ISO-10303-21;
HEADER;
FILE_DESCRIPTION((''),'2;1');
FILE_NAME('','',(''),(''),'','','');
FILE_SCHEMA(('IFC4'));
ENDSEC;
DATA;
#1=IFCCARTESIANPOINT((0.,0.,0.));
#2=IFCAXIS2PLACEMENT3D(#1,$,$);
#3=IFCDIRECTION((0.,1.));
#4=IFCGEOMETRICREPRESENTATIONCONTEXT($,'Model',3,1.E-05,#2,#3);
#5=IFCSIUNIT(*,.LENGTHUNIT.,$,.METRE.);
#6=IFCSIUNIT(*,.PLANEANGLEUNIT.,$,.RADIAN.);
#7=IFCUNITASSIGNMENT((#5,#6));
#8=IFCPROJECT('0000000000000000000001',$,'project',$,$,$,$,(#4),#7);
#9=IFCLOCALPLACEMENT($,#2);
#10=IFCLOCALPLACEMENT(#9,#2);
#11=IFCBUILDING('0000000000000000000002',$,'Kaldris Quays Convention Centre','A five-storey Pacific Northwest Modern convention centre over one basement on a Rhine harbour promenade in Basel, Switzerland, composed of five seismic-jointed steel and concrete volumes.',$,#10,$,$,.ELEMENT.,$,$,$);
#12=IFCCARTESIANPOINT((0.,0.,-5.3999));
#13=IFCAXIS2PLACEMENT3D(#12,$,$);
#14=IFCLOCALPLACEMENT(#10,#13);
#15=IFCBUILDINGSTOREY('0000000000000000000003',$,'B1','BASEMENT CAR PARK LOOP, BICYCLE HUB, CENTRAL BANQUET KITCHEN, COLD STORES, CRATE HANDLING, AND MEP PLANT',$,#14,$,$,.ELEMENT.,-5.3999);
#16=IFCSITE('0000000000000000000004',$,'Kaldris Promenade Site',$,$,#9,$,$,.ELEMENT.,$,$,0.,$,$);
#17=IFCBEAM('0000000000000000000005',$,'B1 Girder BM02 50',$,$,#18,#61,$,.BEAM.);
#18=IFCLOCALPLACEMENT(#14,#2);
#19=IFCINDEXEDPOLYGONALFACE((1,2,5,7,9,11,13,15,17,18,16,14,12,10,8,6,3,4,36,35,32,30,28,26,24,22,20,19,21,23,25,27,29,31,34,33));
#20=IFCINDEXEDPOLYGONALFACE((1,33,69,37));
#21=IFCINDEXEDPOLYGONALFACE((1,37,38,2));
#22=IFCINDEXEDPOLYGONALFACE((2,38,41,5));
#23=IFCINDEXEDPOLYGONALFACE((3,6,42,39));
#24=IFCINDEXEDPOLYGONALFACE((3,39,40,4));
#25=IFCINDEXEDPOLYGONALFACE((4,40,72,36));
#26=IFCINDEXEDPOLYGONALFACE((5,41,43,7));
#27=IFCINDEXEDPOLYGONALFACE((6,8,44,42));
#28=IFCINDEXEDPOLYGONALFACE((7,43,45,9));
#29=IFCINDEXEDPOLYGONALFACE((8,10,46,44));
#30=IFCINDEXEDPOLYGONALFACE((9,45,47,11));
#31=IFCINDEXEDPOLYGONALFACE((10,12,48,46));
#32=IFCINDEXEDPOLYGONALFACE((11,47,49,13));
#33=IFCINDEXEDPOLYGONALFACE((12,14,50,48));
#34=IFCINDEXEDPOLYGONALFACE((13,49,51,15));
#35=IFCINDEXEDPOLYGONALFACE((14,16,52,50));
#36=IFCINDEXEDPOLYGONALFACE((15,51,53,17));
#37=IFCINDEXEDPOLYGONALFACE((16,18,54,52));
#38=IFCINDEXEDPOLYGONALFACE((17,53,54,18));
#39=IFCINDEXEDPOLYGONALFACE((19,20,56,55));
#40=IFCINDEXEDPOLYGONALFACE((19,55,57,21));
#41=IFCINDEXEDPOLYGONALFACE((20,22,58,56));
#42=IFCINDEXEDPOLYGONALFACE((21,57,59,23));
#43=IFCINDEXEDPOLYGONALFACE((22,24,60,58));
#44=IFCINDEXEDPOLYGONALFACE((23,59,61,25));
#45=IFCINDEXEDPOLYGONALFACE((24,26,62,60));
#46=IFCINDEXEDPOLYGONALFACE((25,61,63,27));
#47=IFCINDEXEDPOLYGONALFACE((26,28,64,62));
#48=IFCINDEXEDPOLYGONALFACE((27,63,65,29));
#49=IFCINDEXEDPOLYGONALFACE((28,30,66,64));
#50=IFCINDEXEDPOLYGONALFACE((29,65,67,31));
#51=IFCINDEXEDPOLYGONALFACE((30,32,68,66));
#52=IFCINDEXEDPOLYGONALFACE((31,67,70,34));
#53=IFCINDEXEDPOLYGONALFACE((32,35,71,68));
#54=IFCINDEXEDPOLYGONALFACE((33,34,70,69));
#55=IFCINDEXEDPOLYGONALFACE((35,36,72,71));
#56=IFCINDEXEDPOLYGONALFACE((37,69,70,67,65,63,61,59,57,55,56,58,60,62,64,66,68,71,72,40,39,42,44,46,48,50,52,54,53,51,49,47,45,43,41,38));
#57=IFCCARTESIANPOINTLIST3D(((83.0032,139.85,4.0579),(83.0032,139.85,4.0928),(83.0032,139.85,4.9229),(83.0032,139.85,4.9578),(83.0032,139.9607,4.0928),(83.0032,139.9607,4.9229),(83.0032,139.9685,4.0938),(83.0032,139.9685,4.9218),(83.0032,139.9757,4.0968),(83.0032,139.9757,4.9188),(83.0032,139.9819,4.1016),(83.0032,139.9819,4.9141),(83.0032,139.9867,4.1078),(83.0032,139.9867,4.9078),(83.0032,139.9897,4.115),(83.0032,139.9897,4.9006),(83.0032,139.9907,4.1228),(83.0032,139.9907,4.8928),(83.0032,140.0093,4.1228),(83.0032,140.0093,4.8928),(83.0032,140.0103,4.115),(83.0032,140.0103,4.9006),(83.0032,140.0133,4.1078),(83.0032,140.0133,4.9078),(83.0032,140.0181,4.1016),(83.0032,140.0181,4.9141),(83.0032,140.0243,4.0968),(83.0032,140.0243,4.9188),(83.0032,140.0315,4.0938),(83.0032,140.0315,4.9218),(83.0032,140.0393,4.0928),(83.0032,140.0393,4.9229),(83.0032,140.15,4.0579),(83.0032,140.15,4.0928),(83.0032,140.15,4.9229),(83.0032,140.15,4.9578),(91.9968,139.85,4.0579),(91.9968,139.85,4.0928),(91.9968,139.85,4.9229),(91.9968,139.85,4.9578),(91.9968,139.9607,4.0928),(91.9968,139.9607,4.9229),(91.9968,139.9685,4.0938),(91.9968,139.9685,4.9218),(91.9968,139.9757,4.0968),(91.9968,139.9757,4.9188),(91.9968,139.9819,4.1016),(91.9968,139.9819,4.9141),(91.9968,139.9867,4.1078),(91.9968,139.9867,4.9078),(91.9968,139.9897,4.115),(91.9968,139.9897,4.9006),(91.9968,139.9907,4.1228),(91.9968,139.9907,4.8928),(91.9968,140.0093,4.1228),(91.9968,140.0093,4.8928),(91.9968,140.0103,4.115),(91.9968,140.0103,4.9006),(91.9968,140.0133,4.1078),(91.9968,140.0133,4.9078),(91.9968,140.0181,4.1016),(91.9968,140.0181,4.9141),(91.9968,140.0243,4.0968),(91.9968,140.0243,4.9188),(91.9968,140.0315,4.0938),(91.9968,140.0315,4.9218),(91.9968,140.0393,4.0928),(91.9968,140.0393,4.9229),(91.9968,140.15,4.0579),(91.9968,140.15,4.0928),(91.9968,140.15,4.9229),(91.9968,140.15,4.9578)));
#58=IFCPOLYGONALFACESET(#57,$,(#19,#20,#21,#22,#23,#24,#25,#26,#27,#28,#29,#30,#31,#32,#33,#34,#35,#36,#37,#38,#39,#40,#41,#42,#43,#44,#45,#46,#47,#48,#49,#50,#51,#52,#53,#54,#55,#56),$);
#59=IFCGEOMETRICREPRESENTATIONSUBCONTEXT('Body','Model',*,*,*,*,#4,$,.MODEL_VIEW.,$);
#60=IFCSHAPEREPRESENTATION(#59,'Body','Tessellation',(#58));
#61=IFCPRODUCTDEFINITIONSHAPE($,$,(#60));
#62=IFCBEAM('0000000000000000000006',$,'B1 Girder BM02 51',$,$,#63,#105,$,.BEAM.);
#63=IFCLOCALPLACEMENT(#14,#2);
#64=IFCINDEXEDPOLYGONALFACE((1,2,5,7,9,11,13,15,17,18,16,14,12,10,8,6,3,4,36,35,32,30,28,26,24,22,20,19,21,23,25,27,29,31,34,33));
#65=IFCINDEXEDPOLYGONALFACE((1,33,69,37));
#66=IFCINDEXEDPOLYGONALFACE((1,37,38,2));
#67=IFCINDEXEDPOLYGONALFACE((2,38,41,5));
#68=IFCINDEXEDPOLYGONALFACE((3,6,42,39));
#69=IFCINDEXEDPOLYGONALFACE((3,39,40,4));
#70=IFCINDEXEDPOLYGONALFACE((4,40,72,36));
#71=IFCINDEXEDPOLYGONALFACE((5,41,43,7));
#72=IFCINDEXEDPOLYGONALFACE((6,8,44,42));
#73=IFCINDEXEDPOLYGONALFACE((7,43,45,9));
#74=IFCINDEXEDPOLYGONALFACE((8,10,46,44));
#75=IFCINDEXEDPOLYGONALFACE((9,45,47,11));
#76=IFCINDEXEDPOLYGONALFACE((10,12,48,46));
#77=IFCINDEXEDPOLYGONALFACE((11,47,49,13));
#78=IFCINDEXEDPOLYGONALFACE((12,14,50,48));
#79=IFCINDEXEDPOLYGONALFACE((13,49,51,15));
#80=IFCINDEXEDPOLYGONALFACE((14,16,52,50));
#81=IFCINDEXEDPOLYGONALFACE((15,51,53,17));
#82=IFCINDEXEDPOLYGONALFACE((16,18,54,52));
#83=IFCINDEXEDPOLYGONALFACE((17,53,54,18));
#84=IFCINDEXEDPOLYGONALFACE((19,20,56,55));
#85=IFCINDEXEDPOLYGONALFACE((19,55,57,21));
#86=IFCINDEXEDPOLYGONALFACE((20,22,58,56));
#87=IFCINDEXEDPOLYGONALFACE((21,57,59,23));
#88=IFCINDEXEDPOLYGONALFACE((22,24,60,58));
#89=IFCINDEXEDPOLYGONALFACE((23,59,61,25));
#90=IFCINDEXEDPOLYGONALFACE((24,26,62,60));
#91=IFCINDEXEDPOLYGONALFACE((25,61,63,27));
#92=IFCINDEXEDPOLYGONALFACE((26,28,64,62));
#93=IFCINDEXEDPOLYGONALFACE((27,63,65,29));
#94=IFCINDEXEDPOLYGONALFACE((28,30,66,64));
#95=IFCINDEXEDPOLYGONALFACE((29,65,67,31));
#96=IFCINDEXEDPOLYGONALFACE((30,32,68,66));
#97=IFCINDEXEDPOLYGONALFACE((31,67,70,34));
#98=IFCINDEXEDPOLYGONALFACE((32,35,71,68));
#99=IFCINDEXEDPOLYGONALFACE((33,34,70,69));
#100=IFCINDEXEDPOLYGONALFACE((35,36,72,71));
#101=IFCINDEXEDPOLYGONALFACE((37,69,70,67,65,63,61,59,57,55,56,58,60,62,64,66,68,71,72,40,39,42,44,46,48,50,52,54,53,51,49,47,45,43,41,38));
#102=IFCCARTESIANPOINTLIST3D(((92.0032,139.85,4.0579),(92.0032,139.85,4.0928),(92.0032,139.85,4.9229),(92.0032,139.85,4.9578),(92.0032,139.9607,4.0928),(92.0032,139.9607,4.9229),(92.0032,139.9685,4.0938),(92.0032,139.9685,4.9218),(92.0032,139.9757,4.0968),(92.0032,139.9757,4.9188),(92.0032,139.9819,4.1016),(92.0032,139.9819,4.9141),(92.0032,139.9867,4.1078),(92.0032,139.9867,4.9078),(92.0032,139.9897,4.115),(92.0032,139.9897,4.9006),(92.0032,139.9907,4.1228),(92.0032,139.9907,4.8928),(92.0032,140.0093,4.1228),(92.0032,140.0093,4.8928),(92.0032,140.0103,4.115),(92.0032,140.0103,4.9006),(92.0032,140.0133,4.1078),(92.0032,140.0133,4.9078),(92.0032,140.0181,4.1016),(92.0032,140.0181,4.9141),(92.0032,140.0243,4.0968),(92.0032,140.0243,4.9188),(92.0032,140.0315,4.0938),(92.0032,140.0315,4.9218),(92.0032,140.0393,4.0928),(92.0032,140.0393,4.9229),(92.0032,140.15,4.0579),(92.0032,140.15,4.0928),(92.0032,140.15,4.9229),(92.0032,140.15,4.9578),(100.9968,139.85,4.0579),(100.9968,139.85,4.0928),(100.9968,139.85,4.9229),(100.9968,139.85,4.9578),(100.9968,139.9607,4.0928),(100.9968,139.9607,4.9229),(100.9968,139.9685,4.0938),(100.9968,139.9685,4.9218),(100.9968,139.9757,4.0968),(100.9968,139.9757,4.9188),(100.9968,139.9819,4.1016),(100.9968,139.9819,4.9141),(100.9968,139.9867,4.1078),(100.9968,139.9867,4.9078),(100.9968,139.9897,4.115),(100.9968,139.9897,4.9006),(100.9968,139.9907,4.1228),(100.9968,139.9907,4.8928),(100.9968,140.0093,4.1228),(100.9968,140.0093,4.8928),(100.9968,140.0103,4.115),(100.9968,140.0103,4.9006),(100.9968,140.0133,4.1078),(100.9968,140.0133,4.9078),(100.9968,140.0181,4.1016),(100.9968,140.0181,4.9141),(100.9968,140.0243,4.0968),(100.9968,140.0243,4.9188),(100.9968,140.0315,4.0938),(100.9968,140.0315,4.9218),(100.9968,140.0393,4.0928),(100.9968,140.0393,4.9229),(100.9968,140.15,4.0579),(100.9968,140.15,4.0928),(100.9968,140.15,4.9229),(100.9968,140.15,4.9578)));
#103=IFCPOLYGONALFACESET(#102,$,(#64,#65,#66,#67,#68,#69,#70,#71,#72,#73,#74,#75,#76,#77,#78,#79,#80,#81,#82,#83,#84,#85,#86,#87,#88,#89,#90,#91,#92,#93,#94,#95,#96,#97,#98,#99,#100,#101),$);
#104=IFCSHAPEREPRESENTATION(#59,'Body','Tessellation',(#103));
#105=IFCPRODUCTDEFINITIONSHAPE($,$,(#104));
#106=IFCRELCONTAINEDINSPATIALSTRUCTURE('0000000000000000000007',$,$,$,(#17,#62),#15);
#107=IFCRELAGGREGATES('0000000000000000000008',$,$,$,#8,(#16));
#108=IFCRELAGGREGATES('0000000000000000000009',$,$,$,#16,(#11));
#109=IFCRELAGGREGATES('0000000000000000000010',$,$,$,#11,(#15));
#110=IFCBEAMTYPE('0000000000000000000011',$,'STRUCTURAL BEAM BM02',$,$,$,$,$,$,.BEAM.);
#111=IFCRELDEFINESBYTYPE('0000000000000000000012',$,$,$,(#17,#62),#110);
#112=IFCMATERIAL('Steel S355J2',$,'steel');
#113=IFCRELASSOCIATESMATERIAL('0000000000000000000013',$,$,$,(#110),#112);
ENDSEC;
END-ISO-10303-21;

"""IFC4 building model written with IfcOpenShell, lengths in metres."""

from ifc_helpers import new_model, si_unit, direction, frame, origin, origin_2d, place, context, subcontext, project, spatial, i_section, extrude, material, material_profile, profile_set, type_object, element, save


model = new_model("IFC4")

# Units and contexts
model_context = context("Model", 3, precision=1e-05, world=origin(), true_north=direction((0.0, 1.0)))
body_context = subcontext(model_context, "Body", "Model", "MODEL_VIEW")
ifc_project = project(units=[si_unit("LENGTHUNIT", "METRE"), si_unit("PLANEANGLEUNIT", "RADIAN")], contexts=[model_context])

# Site, building, storey
site_placement = place(None, origin())
site = spatial("IfcSite", under=ifc_project, at=site_placement, Name="Kaldris Promenade Site", CompositionType="ELEMENT", RefElevation=0.0)
building_placement = place(site_placement, origin())
building = spatial("IfcBuilding", under=site, at=building_placement, Name="Kaldris Quays Convention Centre", Description="A five-storey Pacific Northwest Modern convention centre over one basement on a Rhine harbour promenade in Basel, Switzerland, composed of five seismic-jointed steel and concrete volumes.", CompositionType="ELEMENT")
storey_placement = place(building_placement, frame((0.0, 0.0, -5.3999)))
storey = spatial("IfcBuildingStorey", under=building, at=storey_placement, Name="B1", Description="BASEMENT CAR PARK LOOP, BICYCLE HUB, CENTRAL BANQUET KITCHEN, COLD STORES, CRATE HANDLING, AND MEP PLANT", CompositionType="ELEMENT", Elevation=-5.3999)

# Shared definitions
ifc_material_1 = material(Name="Steel S355J2", Category="steel")

# Beams
ifc_material_profile_1 = material_profile(ifc_material_1, i_section(OverallWidth=0.3, OverallDepth=0.8999, WebThickness=0.0186, FlangeThickness=0.0349, FilletRadius=0.03, at=origin_2d()), Name="HEB 900")
ifc_profile_set_1 = profile_set([ifc_material_profile_1], Name="Steel S355J2")
beam_type = type_object("IfcBeamType", Name="STRUCTURAL BEAM BM02", PredefinedType="BEAM", material=ifc_profile_set_1)
for number, where, z_axis, x_axis, name in (
    (1, (83.0032, 140.0, 4.5078), (1.0, 0.0, 0.0), (0.0, 1.0, 0.0), "B1 Girder BM02 50"),
    (2, (92.0032, 140.0, 4.5078), (1.0, 0.0, 0.0), (0.0, 1.0, 0.0), "B1 Girder BM02 51"),
):
    element("IfcBeam", number, at=place(storey_placement, frame(where, z_axis=z_axis, x_axis=x_axis)), inside=storey, type_object=beam_type, Name=name, PredefinedType="BEAM", context=body_context, shape_type="SweptSolid", body=[
        extrude(i_section(OverallWidth=0.3, OverallDepth=0.8999, WebThickness=0.0186, FlangeThickness=0.0349, FilletRadius=0.03, at=origin_2d()), origin(), (0.0, 0.0, 1.0), 8.9937),
    ])

save(model, "model.ifc")
